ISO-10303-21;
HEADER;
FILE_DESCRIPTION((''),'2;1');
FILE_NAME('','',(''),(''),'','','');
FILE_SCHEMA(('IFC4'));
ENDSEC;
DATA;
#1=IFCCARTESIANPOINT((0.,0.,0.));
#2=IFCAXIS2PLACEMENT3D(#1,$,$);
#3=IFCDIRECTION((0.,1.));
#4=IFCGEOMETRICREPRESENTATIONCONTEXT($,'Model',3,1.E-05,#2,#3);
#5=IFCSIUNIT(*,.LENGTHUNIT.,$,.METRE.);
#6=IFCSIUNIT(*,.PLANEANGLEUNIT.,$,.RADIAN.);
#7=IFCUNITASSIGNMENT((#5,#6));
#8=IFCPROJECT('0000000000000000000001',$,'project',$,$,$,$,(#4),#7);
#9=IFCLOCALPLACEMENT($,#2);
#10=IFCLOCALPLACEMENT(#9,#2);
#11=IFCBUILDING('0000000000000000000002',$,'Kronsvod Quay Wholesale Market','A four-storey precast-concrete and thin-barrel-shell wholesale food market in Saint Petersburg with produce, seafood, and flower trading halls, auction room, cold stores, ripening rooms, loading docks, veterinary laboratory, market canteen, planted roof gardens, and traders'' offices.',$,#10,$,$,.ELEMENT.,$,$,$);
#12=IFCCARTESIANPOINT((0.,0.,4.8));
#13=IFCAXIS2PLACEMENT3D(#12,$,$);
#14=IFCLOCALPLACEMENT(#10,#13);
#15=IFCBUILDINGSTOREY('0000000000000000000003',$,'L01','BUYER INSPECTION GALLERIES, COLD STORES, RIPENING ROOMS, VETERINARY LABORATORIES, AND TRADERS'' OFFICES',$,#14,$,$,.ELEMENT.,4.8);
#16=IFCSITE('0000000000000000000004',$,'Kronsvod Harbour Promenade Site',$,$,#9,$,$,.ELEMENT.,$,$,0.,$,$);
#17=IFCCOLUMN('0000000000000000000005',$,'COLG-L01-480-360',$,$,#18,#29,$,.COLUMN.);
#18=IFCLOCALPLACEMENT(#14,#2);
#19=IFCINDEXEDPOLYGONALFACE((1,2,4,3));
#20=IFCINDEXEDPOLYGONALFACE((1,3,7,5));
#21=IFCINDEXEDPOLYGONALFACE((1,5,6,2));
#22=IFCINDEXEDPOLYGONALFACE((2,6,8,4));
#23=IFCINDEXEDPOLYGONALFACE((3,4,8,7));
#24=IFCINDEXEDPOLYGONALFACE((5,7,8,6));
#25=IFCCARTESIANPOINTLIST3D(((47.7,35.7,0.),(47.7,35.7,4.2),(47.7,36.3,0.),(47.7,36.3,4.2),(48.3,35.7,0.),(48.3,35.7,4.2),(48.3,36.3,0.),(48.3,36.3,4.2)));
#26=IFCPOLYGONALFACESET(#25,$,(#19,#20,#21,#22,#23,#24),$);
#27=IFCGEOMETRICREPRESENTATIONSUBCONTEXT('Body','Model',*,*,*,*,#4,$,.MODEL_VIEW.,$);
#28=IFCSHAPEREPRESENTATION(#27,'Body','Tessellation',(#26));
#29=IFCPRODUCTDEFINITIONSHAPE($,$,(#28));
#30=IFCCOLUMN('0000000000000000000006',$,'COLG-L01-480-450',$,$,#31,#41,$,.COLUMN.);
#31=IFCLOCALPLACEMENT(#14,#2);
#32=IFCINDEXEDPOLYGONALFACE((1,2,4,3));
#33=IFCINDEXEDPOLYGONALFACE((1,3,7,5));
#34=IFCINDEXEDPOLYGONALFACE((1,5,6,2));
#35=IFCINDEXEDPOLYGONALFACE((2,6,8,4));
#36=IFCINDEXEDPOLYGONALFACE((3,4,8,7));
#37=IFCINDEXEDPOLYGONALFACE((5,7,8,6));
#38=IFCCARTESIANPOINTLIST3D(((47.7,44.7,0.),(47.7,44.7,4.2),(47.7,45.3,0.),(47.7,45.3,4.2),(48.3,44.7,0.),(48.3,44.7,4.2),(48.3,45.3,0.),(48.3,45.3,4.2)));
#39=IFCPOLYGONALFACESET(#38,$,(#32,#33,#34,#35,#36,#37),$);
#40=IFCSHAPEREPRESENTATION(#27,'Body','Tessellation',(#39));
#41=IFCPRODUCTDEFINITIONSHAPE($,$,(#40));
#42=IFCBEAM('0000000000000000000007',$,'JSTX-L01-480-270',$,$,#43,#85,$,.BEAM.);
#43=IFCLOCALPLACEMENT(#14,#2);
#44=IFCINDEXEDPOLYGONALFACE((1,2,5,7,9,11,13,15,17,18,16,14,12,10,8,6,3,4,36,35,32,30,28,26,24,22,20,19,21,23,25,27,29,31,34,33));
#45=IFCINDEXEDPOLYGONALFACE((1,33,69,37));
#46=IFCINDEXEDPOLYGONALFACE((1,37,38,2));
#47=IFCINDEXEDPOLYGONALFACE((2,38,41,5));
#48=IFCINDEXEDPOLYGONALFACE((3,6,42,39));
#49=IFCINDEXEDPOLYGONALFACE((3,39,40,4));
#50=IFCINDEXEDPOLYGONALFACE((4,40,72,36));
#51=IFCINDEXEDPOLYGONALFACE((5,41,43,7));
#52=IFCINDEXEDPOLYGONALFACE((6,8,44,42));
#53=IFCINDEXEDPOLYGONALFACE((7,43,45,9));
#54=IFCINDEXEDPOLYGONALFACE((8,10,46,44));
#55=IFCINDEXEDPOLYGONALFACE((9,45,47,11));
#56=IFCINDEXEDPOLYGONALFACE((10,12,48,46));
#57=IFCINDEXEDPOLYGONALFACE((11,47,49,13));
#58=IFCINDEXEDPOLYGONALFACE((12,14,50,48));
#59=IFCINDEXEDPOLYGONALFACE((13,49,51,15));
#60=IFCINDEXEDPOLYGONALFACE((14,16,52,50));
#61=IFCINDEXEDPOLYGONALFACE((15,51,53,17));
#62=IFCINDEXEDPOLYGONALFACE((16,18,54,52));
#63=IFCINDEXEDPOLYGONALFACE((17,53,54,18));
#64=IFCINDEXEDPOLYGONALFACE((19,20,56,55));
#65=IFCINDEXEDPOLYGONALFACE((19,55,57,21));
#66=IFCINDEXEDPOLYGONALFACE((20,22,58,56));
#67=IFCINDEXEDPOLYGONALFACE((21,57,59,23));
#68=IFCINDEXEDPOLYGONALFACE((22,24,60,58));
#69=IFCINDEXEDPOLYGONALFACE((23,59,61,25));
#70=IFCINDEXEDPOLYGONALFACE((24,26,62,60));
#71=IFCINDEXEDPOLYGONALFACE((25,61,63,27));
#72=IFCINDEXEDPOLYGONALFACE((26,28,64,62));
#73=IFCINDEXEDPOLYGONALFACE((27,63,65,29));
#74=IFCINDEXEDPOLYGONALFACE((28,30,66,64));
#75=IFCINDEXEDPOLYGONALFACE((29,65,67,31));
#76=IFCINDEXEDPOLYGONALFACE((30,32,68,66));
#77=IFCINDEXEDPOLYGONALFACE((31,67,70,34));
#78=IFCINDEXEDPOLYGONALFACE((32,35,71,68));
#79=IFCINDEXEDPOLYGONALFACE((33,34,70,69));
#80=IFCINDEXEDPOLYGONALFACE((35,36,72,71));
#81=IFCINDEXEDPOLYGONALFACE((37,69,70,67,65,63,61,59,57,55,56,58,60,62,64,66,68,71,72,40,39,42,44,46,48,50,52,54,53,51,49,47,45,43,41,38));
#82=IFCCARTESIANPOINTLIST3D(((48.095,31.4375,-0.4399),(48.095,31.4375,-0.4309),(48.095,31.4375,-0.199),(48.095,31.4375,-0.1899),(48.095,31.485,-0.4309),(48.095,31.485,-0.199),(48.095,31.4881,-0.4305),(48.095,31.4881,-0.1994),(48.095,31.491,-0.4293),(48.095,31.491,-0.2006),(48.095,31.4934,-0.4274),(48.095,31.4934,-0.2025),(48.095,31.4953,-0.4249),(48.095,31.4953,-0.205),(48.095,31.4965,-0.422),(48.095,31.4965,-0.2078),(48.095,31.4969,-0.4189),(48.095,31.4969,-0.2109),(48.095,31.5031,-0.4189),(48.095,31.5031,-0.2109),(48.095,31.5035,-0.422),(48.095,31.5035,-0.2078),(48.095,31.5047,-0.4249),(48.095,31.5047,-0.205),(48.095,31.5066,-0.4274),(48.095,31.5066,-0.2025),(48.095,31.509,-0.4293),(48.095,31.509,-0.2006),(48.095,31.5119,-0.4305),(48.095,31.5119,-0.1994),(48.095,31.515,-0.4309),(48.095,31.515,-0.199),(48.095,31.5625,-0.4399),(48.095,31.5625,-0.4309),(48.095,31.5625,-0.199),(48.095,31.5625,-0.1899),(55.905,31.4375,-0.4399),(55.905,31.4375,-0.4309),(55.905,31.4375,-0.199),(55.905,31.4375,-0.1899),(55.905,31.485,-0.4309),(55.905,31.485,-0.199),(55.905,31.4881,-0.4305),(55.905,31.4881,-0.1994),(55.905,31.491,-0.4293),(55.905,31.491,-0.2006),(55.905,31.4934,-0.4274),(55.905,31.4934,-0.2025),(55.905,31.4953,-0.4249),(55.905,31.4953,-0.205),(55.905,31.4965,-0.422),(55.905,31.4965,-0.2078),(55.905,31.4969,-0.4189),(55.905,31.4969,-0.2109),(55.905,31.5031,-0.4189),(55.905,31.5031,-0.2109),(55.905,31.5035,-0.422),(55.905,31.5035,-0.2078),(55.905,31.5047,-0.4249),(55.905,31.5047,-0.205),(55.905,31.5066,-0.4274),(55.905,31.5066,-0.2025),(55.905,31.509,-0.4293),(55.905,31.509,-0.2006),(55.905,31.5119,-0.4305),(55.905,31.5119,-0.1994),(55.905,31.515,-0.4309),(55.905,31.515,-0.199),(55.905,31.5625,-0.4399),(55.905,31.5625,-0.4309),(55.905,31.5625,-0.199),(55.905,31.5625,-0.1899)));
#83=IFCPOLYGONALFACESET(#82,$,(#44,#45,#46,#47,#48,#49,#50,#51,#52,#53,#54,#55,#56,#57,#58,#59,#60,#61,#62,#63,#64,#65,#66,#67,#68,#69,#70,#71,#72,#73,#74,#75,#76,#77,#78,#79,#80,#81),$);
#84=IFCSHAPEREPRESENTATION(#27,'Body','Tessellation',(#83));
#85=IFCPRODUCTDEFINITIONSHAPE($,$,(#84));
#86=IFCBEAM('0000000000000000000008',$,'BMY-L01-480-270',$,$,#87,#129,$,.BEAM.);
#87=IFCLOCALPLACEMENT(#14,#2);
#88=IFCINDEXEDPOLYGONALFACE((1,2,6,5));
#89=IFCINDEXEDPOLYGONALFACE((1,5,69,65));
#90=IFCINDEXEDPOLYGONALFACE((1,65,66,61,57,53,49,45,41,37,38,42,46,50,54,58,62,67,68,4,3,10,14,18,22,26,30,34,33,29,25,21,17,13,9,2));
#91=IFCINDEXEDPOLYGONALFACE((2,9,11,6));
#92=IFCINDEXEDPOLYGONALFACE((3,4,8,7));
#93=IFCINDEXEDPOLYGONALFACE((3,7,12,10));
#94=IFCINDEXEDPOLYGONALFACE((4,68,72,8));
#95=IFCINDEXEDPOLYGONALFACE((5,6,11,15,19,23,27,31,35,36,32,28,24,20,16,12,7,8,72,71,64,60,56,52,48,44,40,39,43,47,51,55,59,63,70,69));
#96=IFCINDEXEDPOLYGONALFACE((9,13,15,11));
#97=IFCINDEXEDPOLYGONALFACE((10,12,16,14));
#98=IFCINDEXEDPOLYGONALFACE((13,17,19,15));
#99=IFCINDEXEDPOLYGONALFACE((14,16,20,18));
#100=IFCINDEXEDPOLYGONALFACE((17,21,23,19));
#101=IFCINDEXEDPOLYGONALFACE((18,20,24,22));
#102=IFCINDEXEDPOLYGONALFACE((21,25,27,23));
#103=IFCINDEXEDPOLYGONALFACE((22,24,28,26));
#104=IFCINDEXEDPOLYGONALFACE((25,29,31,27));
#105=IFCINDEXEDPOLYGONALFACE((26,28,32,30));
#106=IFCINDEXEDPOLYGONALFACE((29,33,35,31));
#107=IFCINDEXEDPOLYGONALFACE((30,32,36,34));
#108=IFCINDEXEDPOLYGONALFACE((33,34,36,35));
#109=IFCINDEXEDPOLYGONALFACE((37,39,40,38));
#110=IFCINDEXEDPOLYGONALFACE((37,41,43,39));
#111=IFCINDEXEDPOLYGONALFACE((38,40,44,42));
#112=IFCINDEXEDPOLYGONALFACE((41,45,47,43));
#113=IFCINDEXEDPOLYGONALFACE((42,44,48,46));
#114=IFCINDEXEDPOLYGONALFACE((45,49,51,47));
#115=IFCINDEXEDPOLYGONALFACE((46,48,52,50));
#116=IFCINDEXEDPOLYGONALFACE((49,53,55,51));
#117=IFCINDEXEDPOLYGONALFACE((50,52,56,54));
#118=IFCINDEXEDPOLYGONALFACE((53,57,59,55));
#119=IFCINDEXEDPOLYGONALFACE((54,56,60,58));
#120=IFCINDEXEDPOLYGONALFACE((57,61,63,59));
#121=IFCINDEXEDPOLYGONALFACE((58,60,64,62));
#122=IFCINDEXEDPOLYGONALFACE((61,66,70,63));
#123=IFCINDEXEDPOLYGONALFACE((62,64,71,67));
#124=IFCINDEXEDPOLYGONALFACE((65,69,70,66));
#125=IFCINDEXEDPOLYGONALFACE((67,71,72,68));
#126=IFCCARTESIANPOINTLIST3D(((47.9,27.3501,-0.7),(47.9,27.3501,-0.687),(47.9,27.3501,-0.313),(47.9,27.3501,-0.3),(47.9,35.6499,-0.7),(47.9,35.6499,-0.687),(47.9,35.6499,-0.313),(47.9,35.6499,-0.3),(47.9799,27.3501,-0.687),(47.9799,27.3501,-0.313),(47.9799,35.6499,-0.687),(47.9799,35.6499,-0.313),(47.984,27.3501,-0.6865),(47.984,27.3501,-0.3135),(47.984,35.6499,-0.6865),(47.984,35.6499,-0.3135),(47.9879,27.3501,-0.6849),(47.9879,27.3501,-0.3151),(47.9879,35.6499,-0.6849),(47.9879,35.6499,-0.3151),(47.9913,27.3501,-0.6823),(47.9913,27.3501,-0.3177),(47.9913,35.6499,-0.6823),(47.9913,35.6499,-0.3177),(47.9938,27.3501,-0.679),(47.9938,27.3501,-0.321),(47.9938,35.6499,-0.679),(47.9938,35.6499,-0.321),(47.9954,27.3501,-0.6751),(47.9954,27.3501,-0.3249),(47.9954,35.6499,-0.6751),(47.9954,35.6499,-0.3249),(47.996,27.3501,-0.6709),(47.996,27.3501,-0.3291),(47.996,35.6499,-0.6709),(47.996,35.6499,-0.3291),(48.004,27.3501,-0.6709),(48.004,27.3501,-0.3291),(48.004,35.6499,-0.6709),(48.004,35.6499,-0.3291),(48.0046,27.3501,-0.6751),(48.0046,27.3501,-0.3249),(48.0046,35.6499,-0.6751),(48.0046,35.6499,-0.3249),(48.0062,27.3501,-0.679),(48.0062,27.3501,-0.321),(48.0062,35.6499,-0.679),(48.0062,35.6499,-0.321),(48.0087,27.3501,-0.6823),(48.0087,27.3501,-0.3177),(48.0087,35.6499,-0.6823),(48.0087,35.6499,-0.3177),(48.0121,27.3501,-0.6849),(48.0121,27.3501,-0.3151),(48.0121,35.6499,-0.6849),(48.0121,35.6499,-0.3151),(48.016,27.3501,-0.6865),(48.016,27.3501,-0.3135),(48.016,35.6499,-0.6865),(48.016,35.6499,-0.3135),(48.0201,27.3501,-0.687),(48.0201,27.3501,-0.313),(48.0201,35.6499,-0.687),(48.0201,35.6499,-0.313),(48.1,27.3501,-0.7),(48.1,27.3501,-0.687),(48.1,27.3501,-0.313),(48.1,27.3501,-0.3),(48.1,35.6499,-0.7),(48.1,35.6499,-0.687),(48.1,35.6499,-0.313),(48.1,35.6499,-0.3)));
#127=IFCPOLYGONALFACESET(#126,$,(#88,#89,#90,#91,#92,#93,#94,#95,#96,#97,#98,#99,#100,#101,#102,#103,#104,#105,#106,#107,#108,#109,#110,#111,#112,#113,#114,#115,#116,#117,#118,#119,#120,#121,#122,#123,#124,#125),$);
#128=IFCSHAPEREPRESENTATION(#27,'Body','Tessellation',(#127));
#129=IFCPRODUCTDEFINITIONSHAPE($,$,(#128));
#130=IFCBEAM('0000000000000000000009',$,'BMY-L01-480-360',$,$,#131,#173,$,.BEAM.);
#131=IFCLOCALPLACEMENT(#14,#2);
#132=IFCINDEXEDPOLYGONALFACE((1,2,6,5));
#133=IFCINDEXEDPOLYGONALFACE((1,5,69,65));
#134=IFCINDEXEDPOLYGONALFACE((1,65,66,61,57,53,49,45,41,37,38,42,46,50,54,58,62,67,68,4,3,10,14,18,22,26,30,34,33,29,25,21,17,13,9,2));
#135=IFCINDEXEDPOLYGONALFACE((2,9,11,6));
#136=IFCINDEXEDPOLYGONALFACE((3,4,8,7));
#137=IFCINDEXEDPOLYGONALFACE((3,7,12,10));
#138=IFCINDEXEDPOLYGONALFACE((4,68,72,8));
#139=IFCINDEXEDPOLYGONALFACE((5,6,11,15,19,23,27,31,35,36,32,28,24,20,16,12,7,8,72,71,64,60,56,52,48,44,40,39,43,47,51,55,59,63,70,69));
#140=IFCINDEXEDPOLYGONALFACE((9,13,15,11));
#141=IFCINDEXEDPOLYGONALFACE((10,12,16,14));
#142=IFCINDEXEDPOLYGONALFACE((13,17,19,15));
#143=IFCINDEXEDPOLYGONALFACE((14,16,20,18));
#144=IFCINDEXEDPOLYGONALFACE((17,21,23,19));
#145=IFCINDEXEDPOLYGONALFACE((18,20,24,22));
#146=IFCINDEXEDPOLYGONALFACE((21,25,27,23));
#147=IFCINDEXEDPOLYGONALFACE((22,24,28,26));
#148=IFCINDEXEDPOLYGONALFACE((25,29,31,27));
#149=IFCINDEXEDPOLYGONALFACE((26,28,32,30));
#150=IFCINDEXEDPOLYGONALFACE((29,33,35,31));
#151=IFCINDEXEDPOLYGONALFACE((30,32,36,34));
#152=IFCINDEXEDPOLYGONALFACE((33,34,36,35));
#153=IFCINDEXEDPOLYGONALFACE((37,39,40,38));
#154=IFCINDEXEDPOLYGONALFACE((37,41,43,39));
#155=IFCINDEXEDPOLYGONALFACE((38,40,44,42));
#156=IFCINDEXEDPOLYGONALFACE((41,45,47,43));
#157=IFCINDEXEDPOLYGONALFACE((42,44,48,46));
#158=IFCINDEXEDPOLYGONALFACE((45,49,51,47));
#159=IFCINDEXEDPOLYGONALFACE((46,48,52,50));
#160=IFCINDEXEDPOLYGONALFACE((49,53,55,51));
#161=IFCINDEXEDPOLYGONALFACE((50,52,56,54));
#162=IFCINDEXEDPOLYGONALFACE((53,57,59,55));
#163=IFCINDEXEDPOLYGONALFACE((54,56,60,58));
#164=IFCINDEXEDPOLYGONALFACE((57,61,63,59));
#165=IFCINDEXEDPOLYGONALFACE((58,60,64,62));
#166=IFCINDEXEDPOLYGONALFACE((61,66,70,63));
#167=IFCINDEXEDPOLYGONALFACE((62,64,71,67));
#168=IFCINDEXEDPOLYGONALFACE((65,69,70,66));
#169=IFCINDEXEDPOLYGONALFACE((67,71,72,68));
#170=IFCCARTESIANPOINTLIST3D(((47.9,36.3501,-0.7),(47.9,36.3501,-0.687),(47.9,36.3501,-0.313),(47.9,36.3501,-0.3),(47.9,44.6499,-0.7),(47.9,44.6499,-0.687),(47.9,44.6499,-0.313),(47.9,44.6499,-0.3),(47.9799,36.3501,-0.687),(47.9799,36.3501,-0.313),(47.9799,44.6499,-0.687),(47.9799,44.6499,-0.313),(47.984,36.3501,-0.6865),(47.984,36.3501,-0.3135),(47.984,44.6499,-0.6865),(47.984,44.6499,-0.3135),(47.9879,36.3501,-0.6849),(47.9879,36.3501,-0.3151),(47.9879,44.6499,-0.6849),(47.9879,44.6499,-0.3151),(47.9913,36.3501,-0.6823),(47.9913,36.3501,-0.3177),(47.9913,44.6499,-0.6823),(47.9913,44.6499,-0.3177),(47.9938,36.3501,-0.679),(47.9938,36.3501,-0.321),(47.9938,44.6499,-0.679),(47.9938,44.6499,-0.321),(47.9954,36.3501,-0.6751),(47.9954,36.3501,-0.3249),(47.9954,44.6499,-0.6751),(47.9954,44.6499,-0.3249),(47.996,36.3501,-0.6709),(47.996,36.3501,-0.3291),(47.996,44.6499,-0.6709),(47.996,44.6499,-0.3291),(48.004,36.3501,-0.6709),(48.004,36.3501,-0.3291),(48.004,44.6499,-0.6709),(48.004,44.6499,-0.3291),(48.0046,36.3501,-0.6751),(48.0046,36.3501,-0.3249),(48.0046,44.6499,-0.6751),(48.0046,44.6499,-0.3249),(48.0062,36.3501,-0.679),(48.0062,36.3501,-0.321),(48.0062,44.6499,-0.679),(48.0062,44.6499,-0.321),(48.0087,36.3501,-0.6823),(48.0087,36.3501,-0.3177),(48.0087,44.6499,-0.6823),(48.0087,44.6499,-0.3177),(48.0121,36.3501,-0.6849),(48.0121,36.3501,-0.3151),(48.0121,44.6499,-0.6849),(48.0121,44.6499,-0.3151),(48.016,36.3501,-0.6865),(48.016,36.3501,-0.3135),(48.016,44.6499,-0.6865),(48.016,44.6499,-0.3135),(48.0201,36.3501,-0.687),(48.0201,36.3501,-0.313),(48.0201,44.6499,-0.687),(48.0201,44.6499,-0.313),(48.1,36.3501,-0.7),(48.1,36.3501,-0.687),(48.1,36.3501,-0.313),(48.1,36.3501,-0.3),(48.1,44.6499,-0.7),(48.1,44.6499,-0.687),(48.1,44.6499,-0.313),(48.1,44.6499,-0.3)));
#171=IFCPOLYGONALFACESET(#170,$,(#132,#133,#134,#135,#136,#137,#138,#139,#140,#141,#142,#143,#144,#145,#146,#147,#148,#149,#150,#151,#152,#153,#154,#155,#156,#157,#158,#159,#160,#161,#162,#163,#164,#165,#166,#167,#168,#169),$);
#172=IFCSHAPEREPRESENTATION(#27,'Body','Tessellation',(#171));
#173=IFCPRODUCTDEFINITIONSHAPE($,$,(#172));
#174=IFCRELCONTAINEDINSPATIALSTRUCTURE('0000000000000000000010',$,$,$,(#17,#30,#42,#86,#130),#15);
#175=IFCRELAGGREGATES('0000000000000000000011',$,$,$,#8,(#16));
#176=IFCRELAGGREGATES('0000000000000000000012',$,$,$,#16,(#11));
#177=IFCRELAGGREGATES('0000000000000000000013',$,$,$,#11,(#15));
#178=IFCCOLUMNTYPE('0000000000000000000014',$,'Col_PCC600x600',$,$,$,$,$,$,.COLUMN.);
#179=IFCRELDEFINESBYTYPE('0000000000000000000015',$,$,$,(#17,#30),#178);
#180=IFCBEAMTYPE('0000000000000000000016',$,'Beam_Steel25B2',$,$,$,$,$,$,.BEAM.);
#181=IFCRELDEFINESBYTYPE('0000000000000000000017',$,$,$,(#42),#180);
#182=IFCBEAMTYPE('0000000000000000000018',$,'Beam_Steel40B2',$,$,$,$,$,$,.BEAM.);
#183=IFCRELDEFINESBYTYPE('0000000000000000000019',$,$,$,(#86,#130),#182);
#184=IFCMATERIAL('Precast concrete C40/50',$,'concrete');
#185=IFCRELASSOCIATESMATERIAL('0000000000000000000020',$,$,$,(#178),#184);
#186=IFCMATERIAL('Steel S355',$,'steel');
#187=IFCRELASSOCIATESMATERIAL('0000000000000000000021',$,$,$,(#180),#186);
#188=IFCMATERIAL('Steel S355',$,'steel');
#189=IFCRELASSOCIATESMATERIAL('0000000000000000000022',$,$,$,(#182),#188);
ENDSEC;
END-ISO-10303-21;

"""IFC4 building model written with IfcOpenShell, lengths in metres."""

from ifc_helpers import new_model, si_unit, direction, frame, origin, origin_2d, place, context, subcontext, project, spatial, rectangle, i_section, extrude, material, material_profile, profile_set, type_object, element, save


model = new_model("IFC4")

# Units and contexts
model_context = context("Model", 3, precision=1e-05, world=origin(), true_north=direction((0.0, 1.0)))
body_context = subcontext(model_context, "Body", "Model", "MODEL_VIEW")
ifc_project = project(units=[si_unit("LENGTHUNIT", "METRE"), si_unit("PLANEANGLEUNIT", "RADIAN")], contexts=[model_context])

# Site, building, storey
site_placement = place(None, origin())
site = spatial("IfcSite", under=ifc_project, at=site_placement, Name="Kronsvod Harbour Promenade Site", CompositionType="ELEMENT", RefElevation=0.0)
building_placement = place(site_placement, origin())
building = spatial("IfcBuilding", under=site, at=building_placement, Name="Kronsvod Quay Wholesale Market", Description="A four-storey precast-concrete and thin-barrel-shell wholesale food market in Saint Petersburg with produce, seafood, and flower trading halls, auction room, cold stores, ripening rooms, loading docks, veterinary laboratory, market canteen, planted roof gardens, and traders' offices.", CompositionType="ELEMENT")
storey_placement = place(building_placement, frame((0.0, 0.0, 4.8)))
storey = spatial("IfcBuildingStorey", under=building, at=storey_placement, Name="L01", Description="BUYER INSPECTION GALLERIES, COLD STORES, RIPENING ROOMS, VETERINARY LABORATORIES, AND TRADERS' OFFICES", CompositionType="ELEMENT", Elevation=4.8)

# Columns
ifc_material_1 = material(Name="Precast concrete C40/50", Category="concrete")
ifc_material_profile_1 = material_profile(ifc_material_1, rectangle(XDim=0.6001, YDim=0.6001, at=origin_2d()), Name="PCC600x600")
ifc_profile_set_1 = profile_set([ifc_material_profile_1], Name="Precast concrete C40/50")
column_type = type_object("IfcColumnType", Name="Col_PCC600x600", PredefinedType="COLUMN", material=ifc_profile_set_1)
for number, where, z_axis, x_axis, name in (
    (1, (48.0, 36.0, 0.0), (0.0, 0.0, 1.0), (1.0, 0.0, 0.0), "COLG-L01-480-360"),
    (2, (48.0, 45.0, 0.0), (0.0, 0.0, 1.0), (1.0, 0.0, 0.0), "COLG-L01-480-450"),
):
    element("IfcColumn", number, at=place(storey_placement, frame(where, z_axis=z_axis, x_axis=x_axis)), inside=storey, type_object=column_type, Name=name, PredefinedType="COLUMN", context=body_context, shape_type="SweptSolid", body=[
        extrude(rectangle(XDim=0.6001, YDim=0.6001, at=origin_2d()), origin(), (0.0, 0.0, 1.0), 4.2),
    ])

# Beams
ifc_material_2 = material(Name="Steel S355", Category="steel")
ifc_material_profile_2 = material_profile(ifc_material_2, i_section(OverallWidth=0.125, OverallDepth=0.25, WebThickness=0.0061, FlangeThickness=0.009, FilletRadius=0.012, at=origin_2d()), Name="25B2")
ifc_profile_set_2 = profile_set([ifc_material_profile_2], Name="Steel S355")
beam_type_1 = type_object("IfcBeamType", Name="Beam_Steel25B2", PredefinedType="BEAM", material=ifc_profile_set_2)
beam_1_placement = place(storey_placement, frame((48.095, 31.5, -0.3149), z_axis=(1.0, 0.0, 0.0), x_axis=(0.0, 1.0, 0.0)))
element("IfcBeam", 3, at=beam_1_placement, inside=storey, type_object=beam_type_1, Name="JSTX-L01-480-270", PredefinedType="BEAM", context=body_context, shape_type="SweptSolid", body=[
    extrude(i_section(OverallWidth=0.125, OverallDepth=0.25, WebThickness=0.0061, FlangeThickness=0.009, FilletRadius=0.012, at=origin_2d()), origin(), (0.0, 0.0, 1.0), 7.8101),
])
ifc_material_3 = material(Name="Steel S355", Category="steel")
ifc_material_profile_3 = material_profile(ifc_material_3, i_section(OverallWidth=0.2, OverallDepth=0.3999, WebThickness=0.0081, FlangeThickness=0.0129, FilletRadius=0.0161, at=origin_2d()), Name="40B2")
ifc_profile_set_3 = profile_set([ifc_material_profile_3], Name="Steel S355")
beam_type_2 = type_object("IfcBeamType", Name="Beam_Steel40B2", PredefinedType="BEAM", material=ifc_profile_set_3)
for number, where, z_axis, x_axis, name in (
    (4, (48.0, 27.3501, -0.5), (0.0, 1.0, 0.0), (-1.0, 0.0, 0.0), "BMY-L01-480-270"),
    (5, (48.0, 36.3501, -0.5), (0.0, 1.0, 0.0), (-1.0, 0.0, 0.0), "BMY-L01-480-360"),
):
    element("IfcBeam", number, at=place(storey_placement, frame(where, z_axis=z_axis, x_axis=x_axis)), inside=storey, type_object=beam_type_2, Name=name, PredefinedType="BEAM", context=body_context, shape_type="SweptSolid", body=[
        extrude(i_section(OverallWidth=0.2, OverallDepth=0.3999, WebThickness=0.0081, FlangeThickness=0.0129, FilletRadius=0.0161, at=origin_2d()), origin(), (0.0, 0.0, 1.0), 8.2998),
    ])

save(model, "model.ifc")
